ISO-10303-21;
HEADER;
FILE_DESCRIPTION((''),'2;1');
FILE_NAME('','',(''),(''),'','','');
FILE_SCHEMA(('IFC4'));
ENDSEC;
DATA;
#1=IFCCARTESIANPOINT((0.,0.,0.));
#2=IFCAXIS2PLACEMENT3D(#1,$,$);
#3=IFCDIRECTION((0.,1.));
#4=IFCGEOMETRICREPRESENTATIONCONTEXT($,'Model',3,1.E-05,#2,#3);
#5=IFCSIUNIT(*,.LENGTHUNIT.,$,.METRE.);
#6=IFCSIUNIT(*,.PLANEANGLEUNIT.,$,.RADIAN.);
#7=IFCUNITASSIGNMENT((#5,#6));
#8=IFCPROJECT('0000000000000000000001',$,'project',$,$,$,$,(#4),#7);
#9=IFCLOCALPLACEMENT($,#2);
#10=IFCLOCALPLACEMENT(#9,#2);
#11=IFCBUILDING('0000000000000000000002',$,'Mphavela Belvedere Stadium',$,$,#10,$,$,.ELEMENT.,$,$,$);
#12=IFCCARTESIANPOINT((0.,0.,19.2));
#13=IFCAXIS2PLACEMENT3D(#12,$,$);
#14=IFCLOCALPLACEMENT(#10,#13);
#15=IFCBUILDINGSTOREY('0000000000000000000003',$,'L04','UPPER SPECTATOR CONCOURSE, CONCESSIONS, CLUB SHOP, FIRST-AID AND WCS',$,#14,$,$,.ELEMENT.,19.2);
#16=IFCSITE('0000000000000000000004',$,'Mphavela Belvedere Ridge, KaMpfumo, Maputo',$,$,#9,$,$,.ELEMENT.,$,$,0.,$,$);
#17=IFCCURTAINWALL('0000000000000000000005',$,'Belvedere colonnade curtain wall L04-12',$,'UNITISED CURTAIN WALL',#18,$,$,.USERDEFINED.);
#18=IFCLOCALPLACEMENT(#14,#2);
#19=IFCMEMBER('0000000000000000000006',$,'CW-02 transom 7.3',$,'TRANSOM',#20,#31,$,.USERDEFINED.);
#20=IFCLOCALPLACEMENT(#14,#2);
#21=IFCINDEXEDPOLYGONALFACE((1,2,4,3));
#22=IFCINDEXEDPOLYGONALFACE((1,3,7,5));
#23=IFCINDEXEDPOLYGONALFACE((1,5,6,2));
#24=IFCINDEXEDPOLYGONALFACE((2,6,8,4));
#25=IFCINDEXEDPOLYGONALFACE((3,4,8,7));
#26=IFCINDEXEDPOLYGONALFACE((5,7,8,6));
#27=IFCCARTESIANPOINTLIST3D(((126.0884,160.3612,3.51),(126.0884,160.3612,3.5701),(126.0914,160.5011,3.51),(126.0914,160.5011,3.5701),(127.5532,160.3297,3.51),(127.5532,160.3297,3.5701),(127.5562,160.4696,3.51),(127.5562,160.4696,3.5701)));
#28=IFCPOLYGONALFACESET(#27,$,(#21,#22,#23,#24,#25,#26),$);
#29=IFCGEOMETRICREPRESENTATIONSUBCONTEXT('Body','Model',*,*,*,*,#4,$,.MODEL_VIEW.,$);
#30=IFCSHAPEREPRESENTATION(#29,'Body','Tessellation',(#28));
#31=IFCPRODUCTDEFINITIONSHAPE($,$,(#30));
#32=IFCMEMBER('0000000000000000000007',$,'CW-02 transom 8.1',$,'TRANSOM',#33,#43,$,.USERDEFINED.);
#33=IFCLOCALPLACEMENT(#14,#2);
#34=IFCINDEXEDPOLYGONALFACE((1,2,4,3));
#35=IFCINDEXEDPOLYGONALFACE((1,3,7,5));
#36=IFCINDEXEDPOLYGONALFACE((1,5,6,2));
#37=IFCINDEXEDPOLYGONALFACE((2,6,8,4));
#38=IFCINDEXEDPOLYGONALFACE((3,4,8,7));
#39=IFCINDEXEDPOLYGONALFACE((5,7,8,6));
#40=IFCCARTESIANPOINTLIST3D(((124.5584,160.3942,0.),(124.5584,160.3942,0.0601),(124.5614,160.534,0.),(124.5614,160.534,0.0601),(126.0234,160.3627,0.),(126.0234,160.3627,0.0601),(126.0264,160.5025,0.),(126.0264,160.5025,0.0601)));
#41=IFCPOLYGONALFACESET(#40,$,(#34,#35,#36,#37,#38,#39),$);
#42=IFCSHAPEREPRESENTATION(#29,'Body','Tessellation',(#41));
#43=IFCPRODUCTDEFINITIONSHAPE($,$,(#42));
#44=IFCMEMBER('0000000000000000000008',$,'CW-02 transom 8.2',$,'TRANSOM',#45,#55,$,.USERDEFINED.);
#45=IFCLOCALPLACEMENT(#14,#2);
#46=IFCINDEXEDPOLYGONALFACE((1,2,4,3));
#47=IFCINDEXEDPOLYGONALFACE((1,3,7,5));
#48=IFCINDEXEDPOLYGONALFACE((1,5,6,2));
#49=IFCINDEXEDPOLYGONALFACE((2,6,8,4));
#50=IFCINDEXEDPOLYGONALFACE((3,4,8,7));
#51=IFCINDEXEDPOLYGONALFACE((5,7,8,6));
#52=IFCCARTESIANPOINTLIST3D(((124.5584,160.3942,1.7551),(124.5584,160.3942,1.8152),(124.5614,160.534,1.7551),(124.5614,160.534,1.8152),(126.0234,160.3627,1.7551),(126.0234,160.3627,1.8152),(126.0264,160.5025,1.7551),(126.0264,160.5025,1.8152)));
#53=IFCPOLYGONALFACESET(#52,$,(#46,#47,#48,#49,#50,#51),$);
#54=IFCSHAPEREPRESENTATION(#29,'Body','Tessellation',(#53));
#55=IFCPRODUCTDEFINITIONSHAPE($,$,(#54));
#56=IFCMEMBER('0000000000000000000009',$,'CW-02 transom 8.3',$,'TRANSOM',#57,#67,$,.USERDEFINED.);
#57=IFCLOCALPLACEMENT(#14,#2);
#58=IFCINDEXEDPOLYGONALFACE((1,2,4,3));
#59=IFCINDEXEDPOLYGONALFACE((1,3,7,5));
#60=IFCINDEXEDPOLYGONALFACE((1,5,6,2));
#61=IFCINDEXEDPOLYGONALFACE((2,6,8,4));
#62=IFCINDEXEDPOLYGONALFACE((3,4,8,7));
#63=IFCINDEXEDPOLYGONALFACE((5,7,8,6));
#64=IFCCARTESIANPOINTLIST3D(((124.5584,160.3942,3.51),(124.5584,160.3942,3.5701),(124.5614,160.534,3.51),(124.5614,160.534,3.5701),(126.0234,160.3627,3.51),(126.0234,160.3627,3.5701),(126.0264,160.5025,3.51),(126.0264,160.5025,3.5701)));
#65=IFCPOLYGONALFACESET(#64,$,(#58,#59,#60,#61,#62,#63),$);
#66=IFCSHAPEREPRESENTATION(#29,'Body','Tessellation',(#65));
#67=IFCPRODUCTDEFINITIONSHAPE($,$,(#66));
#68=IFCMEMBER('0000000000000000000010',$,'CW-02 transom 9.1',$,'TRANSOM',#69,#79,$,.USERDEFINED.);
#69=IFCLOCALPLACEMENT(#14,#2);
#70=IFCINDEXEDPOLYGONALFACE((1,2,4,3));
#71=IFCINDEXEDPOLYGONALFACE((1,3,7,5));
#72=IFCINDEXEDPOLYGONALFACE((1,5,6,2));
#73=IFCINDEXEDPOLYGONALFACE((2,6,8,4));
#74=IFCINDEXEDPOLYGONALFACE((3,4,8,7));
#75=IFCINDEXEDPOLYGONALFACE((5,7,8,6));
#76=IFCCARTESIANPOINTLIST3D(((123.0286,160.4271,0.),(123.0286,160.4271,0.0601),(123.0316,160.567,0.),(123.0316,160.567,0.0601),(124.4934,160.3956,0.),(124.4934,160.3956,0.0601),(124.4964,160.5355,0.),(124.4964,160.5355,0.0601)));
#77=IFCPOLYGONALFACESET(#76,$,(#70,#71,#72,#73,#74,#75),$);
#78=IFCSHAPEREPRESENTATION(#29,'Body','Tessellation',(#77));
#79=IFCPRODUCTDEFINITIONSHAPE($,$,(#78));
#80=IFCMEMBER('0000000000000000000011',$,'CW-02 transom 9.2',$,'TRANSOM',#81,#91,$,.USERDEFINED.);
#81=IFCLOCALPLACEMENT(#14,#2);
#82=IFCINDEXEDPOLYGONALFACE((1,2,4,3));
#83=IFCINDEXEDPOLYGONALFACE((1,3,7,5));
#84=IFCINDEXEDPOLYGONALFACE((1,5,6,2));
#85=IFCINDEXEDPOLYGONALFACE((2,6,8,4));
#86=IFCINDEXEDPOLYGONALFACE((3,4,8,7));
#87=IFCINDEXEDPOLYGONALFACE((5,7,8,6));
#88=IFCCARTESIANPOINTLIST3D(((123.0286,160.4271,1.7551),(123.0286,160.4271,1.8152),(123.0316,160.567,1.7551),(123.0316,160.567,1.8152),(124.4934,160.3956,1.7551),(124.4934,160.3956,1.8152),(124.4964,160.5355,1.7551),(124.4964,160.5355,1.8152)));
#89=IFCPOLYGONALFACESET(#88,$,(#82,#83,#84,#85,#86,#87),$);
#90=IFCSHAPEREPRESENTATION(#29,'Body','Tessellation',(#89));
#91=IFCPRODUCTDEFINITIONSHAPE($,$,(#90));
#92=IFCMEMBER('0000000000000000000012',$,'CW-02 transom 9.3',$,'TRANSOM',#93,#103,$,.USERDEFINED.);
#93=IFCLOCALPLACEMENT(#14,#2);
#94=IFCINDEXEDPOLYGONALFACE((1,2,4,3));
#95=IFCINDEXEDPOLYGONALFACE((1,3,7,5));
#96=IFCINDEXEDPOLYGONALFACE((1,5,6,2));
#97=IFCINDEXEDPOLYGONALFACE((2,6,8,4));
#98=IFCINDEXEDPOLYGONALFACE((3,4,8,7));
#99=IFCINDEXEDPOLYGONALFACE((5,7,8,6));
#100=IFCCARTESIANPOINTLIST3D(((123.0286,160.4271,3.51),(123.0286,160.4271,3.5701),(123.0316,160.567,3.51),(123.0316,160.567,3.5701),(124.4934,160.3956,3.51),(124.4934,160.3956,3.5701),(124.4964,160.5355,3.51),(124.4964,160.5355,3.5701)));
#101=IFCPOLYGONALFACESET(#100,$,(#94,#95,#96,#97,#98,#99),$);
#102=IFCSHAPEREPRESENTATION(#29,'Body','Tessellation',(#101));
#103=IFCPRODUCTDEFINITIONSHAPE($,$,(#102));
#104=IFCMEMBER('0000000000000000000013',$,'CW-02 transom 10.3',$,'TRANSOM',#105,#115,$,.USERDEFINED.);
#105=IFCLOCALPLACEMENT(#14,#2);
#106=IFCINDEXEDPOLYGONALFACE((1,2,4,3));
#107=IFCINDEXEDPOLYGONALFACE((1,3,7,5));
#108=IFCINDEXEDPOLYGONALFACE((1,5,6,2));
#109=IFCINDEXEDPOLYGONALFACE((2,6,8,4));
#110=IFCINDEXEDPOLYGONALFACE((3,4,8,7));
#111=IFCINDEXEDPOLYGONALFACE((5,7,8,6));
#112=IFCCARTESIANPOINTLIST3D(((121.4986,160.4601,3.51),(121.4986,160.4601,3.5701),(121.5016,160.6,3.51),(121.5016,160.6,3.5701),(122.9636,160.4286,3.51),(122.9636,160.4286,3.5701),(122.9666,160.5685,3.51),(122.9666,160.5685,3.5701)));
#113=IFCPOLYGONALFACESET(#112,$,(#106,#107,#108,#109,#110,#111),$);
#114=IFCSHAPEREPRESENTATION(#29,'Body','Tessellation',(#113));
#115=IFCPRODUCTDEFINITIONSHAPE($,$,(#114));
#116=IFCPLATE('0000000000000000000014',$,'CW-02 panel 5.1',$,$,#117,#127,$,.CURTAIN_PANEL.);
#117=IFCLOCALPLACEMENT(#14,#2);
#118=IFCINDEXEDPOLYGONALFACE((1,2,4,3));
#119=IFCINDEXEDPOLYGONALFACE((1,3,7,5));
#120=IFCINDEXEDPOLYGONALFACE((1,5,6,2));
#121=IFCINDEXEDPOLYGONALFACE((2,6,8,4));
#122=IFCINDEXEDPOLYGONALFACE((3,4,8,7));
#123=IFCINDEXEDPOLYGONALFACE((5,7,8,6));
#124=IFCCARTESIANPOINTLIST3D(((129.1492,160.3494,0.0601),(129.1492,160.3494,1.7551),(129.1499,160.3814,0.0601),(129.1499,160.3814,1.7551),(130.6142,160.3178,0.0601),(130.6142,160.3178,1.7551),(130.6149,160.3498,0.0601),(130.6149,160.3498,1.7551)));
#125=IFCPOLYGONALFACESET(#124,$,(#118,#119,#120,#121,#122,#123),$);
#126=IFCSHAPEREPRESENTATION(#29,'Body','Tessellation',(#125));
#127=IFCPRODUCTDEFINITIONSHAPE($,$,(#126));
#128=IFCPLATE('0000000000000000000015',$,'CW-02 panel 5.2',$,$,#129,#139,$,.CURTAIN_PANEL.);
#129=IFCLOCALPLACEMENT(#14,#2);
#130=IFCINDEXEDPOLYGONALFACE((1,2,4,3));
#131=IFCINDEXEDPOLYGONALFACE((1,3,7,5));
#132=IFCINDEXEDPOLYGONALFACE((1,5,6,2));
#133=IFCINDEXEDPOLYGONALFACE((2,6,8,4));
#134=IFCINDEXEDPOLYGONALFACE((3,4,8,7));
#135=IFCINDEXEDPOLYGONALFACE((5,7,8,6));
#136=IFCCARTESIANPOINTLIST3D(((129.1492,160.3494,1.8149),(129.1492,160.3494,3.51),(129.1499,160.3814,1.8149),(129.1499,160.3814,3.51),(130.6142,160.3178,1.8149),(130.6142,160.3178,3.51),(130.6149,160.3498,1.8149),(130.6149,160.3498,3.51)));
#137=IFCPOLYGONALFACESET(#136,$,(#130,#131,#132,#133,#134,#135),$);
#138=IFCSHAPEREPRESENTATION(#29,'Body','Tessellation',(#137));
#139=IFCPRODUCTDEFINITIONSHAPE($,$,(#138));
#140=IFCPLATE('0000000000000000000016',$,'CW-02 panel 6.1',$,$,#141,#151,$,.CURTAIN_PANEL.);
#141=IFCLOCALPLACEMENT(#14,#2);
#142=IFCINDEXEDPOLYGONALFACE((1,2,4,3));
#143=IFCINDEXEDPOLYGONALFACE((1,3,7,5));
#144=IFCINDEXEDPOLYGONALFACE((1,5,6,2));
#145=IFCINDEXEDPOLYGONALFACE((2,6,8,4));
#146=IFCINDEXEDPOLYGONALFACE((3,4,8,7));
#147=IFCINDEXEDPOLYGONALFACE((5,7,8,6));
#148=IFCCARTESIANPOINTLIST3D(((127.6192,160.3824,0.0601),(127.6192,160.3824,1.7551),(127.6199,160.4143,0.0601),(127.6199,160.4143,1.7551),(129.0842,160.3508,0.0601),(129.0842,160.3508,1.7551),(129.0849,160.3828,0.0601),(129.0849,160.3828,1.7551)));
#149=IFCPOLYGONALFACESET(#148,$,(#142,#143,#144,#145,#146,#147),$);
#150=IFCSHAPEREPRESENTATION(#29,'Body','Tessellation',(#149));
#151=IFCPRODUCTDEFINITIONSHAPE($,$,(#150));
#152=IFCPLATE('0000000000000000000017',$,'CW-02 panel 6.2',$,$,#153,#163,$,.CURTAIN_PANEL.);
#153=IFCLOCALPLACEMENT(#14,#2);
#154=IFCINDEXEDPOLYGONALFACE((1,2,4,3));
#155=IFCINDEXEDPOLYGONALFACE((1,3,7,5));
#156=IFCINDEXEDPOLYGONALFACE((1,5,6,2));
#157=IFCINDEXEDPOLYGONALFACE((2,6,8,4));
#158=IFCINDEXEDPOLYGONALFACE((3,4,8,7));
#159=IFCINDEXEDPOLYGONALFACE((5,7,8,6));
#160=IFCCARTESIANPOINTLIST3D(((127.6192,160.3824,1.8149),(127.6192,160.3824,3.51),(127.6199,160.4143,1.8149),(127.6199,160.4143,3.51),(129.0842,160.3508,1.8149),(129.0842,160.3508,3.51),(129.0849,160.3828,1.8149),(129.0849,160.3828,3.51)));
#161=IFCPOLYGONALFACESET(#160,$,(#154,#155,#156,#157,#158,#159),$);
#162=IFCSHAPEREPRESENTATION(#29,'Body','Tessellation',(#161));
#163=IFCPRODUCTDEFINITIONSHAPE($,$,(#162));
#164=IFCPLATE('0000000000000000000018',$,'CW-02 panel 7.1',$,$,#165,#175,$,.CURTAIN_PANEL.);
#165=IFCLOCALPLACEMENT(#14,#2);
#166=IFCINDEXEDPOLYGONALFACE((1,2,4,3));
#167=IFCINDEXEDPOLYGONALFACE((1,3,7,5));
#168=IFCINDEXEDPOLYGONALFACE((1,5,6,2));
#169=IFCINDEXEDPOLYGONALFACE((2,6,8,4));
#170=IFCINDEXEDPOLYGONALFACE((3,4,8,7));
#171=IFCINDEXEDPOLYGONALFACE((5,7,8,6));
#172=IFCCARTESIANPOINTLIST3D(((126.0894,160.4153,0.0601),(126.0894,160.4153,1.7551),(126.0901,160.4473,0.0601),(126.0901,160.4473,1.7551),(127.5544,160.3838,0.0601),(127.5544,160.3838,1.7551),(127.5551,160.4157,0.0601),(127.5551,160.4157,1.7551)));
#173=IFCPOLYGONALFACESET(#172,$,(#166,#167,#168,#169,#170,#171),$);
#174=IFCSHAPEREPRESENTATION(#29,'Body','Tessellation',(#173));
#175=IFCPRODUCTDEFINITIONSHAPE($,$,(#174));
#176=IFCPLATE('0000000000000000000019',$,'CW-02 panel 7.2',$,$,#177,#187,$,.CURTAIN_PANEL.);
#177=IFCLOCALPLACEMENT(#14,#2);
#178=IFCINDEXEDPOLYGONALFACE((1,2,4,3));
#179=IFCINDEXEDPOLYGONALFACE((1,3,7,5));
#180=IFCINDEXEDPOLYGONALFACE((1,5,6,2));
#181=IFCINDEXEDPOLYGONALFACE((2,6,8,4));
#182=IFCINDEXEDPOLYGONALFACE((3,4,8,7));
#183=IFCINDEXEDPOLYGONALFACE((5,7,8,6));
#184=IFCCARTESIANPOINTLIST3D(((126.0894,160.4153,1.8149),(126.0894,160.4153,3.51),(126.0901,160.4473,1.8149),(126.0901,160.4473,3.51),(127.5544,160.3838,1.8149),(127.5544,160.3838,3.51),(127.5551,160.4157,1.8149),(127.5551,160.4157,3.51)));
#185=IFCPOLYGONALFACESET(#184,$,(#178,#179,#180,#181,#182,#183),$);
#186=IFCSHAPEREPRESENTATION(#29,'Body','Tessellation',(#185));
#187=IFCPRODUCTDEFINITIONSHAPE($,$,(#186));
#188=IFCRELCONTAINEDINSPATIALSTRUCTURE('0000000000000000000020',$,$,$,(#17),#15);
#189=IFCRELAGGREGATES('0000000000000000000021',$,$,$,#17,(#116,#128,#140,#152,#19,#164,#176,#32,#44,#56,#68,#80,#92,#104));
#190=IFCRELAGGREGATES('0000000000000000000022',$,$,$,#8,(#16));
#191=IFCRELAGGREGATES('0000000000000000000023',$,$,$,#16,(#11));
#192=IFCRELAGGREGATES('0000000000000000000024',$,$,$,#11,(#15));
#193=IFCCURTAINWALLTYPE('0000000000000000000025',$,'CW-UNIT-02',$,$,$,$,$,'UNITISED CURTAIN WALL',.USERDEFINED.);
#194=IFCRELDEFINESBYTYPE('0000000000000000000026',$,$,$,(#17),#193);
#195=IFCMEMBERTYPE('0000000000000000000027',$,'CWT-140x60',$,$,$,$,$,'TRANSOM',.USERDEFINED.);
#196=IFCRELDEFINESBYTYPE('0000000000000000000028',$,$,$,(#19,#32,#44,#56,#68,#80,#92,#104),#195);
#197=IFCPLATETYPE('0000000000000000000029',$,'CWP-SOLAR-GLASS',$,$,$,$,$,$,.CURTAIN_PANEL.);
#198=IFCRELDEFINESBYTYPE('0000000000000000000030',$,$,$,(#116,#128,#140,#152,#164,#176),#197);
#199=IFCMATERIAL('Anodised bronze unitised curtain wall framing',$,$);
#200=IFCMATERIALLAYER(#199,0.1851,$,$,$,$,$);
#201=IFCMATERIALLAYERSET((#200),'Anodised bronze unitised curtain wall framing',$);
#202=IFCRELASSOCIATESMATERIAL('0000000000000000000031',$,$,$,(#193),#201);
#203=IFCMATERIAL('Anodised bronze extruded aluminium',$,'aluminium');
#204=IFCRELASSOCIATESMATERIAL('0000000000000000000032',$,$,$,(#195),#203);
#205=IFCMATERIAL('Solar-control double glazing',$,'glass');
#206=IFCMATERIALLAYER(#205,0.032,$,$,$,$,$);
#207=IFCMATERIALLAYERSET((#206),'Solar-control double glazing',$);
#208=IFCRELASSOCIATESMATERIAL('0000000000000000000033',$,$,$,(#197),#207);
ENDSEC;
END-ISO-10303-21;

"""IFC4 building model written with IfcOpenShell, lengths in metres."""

from ifc_helpers import new_model, si_unit, direction, frame, origin, origin_2d, place, context, subcontext, project, spatial, rectangle, extrude, material, layer, layer_set, material_profile, profile_set, type_object, element, aggregate, save


model = new_model("IFC4")

# Units and contexts
model_context = context("Model", 3, precision=1e-05, world=origin(), true_north=direction((0.0, 1.0)))
body_context = subcontext(model_context, "Body", "Model", "MODEL_VIEW")
ifc_project = project(units=[si_unit("LENGTHUNIT", "METRE"), si_unit("PLANEANGLEUNIT", "RADIAN")], contexts=[model_context])

# Site, building, storey
site_placement = place(None, origin())
site = spatial("IfcSite", under=ifc_project, at=site_placement, Name="Mphavela Belvedere Ridge, KaMpfumo, Maputo", CompositionType="ELEMENT", RefElevation=0.0)
building_placement = place(site_placement, origin())
building = spatial("IfcBuilding", under=site, at=building_placement, Name="Mphavela Belvedere Stadium", CompositionType="ELEMENT")
storey_placement = place(building_placement, frame((0.0, 0.0, 19.2)))
storey = spatial("IfcBuildingStorey", under=building, at=storey_placement, Name="L04", Description="UPPER SPECTATOR CONCOURSE, CONCESSIONS, CLUB SHOP, FIRST-AID AND WCS", CompositionType="ELEMENT", Elevation=19.2)

# Curtain wall, members, plates
ifc_material_1 = material(Name="Anodised bronze unitised curtain wall framing")
ifc_layer_1 = layer(ifc_material_1, 0.1851)
ifc_layer_set_1 = layer_set([ifc_layer_1], Name="Anodised bronze unitised curtain wall framing")
curtain_wall_type = type_object("IfcCurtainWallType", Name="CW-UNIT-02", ElementType="UNITISED CURTAIN WALL", PredefinedType="USERDEFINED", material=ifc_layer_set_1)
curtain_wall_placement = place(storey_placement, origin())
curtain_wall = element("IfcCurtainWall", 1, at=curtain_wall_placement, inside=storey, type_object=curtain_wall_type, Name="Belvedere colonnade curtain wall L04-12", ObjectType="UNITISED CURTAIN WALL", PredefinedType="USERDEFINED")
ifc_material_2 = material(Name="Anodised bronze extruded aluminium", Category="aluminium")
ifc_material_profile_1 = material_profile(ifc_material_2, rectangle(XDim=0.1399, YDim=0.0601, at=origin_2d()), Name="CW-TRN 140x60")
ifc_profile_set_1 = profile_set([ifc_material_profile_1], Name="Anodised bronze extruded aluminium")
member_type_1 = type_object("IfcMemberType", Name="CWT-140x60", ElementType="TRANSOM", PredefinedType="USERDEFINED", material=ifc_profile_set_1)
member_1_placement = place(storey_placement, frame((127.5547, 160.3997, 3.54), z_axis=(-0.999769, 0.021495, 0.0), x_axis=(-0.021495, -0.999769, 0.0)))
member_1 = element("IfcMember", 2, at=member_1_placement, type_object=member_type_1, Name="CW-02 transom 7.3", ObjectType="TRANSOM", PredefinedType="USERDEFINED", context=body_context, shape_type="SweptSolid", body=[
    extrude(rectangle(XDim=0.1399, YDim=0.0601, at=origin_2d()), origin(), (0.0, 0.0, 1.0), 1.4651),
])
member_2_placement = place(storey_placement, frame((126.0249, 160.4326, 0.03), z_axis=(-0.999769, 0.021491, 0.0), x_axis=(-0.021491, -0.999769, 0.0)))
member_2 = element("IfcMember", 3, at=member_2_placement, type_object=member_type_1, Name="CW-02 transom 8.1", ObjectType="TRANSOM", PredefinedType="USERDEFINED", context=body_context, shape_type="SweptSolid", body=[
    extrude(rectangle(XDim=0.1399, YDim=0.0601, at=origin_2d()), origin(), (0.0, 0.0, 1.0), 1.4653),
])
member_3_placement = place(storey_placement, frame((126.0249, 160.4326, 1.7852), z_axis=(-0.999769, 0.021491, 0.0), x_axis=(-0.021491, -0.999769, 0.0)))
member_3 = element("IfcMember", 4, at=member_3_placement, type_object=member_type_1, Name="CW-02 transom 8.2", ObjectType="TRANSOM", PredefinedType="USERDEFINED", context=body_context, shape_type="SweptSolid", body=[
    extrude(rectangle(XDim=0.1399, YDim=0.0601, at=origin_2d()), origin(), (0.0, 0.0, 1.0), 1.4653),
])
member_4_placement = place(storey_placement, frame((126.0249, 160.4326, 3.54), z_axis=(-0.999769, 0.021491, 0.0), x_axis=(-0.021491, -0.999769, 0.0)))
member_4 = element("IfcMember", 5, at=member_4_placement, type_object=member_type_1, Name="CW-02 transom 8.3", ObjectType="TRANSOM", PredefinedType="USERDEFINED", context=body_context, shape_type="SweptSolid", body=[
    extrude(rectangle(XDim=0.1399, YDim=0.0601, at=origin_2d()), origin(), (0.0, 0.0, 1.0), 1.4653),
])
member_5_placement = place(storey_placement, frame((124.4949, 160.4656, 0.03), z_axis=(-0.999769, 0.021495, 0.0), x_axis=(-0.021495, -0.999769, 0.0)))
member_5 = element("IfcMember", 6, at=member_5_placement, type_object=member_type_1, Name="CW-02 transom 9.1", ObjectType="TRANSOM", PredefinedType="USERDEFINED", context=body_context, shape_type="SweptSolid", body=[
    extrude(rectangle(XDim=0.1399, YDim=0.0601, at=origin_2d()), origin(), (0.0, 0.0, 1.0), 1.4651),
])
member_6_placement = place(storey_placement, frame((124.4949, 160.4656, 1.7852), z_axis=(-0.999769, 0.021495, 0.0), x_axis=(-0.021495, -0.999769, 0.0)))
member_6 = element("IfcMember", 7, at=member_6_placement, type_object=member_type_1, Name="CW-02 transom 9.2", ObjectType="TRANSOM", PredefinedType="USERDEFINED", context=body_context, shape_type="SweptSolid", body=[
    extrude(rectangle(XDim=0.1399, YDim=0.0601, at=origin_2d()), origin(), (0.0, 0.0, 1.0), 1.4651),
])
member_7_placement = place(storey_placement, frame((124.4949, 160.4656, 3.54), z_axis=(-0.999769, 0.021495, 0.0), x_axis=(-0.021495, -0.999769, 0.0)))
member_7 = element("IfcMember", 8, at=member_7_placement, type_object=member_type_1, Name="CW-02 transom 9.3", ObjectType="TRANSOM", PredefinedType="USERDEFINED", context=body_context, shape_type="SweptSolid", body=[
    extrude(rectangle(XDim=0.1399, YDim=0.0601, at=origin_2d()), origin(), (0.0, 0.0, 1.0), 1.4651),
])
member_8_placement = place(storey_placement, frame((122.9651, 160.4985, 3.54), z_axis=(-0.999769, 0.021491, 0.0), x_axis=(-0.021491, -0.999769, 0.0)))
member_8 = element("IfcMember", 9, at=member_8_placement, type_object=member_type_1, Name="CW-02 transom 10.3", ObjectType="TRANSOM", PredefinedType="USERDEFINED", context=body_context, shape_type="SweptSolid", body=[
    extrude(rectangle(XDim=0.1399, YDim=0.0601, at=origin_2d()), origin(), (0.0, 0.0, 1.0), 1.4653),
])
ifc_material_3 = material(Name="Solar-control double glazing", Category="glass")
ifc_layer_2 = layer(ifc_material_3, 0.032)
ifc_layer_set_2 = layer_set([ifc_layer_2], Name="Solar-control double glazing")
plate_type = type_object("IfcPlateType", Name="CWP-SOLAR-GLASS", PredefinedType="CURTAIN_PANEL", material=ifc_layer_set_2)
plate_1_placement = place(storey_placement, frame((129.8821, 160.3496, 0.0601), z_axis=(0.0, 0.0, 1.0), x_axis=(-0.999768, 0.021527, 0.0)))
plate_1 = element("IfcPlate", 10, at=plate_1_placement, type_object=plate_type, Name="CW-02 panel 5.1", PredefinedType="CURTAIN_PANEL", context=body_context, shape_type="SweptSolid", body=[
    extrude(rectangle(XDim=1.4653, YDim=0.032, at=origin_2d()), origin(), (0.0, 0.0, 1.0), 1.6951),
])
plate_2_placement = place(storey_placement, frame((129.8821, 160.3496, 1.8149), z_axis=(0.0, 0.0, 1.0), x_axis=(-0.999768, 0.021527, 0.0)))
plate_2 = element("IfcPlate", 11, at=plate_2_placement, type_object=plate_type, Name="CW-02 panel 5.2", PredefinedType="CURTAIN_PANEL", context=body_context, shape_type="SweptSolid", body=[
    extrude(rectangle(XDim=1.4653, YDim=0.032, at=origin_2d()), origin(), (0.0, 0.0, 1.0), 1.6951),
])
plate_3_placement = place(storey_placement, frame((128.3521, 160.3826, 0.0601), z_axis=(0.0, 0.0, 1.0), x_axis=(-0.999768, 0.021527, 0.0)))
plate_3 = element("IfcPlate", 12, at=plate_3_placement, type_object=plate_type, Name="CW-02 panel 6.1", PredefinedType="CURTAIN_PANEL", context=body_context, shape_type="SweptSolid", body=[
    extrude(rectangle(XDim=1.4653, YDim=0.032, at=origin_2d()), origin(), (0.0, 0.0, 1.0), 1.6951),
])
plate_4_placement = place(storey_placement, frame((128.3521, 160.3826, 1.8149), z_axis=(0.0, 0.0, 1.0), x_axis=(-0.999768, 0.021527, 0.0)))
plate_4 = element("IfcPlate", 13, at=plate_4_placement, type_object=plate_type, Name="CW-02 panel 6.2", PredefinedType="CURTAIN_PANEL", context=body_context, shape_type="SweptSolid", body=[
    extrude(rectangle(XDim=1.4653, YDim=0.032, at=origin_2d()), origin(), (0.0, 0.0, 1.0), 1.6951),
])
plate_5_placement = place(storey_placement, frame((126.8223, 160.4155, 0.0601), z_axis=(0.0, 0.0, 1.0), x_axis=(-0.999768, 0.021527, 0.0)))
plate_5 = element("IfcPlate", 14, at=plate_5_placement, type_object=plate_type, Name="CW-02 panel 7.1", PredefinedType="CURTAIN_PANEL", context=body_context, shape_type="SweptSolid", body=[
    extrude(rectangle(XDim=1.4653, YDim=0.032, at=origin_2d()), origin(), (0.0, 0.0, 1.0), 1.6951),
])
plate_6_placement = place(storey_placement, frame((126.8223, 160.4155, 1.8149), z_axis=(0.0, 0.0, 1.0), x_axis=(-0.999768, 0.021527, 0.0)))
plate_6 = element("IfcPlate", 15, at=plate_6_placement, type_object=plate_type, Name="CW-02 panel 7.2", PredefinedType="CURTAIN_PANEL", context=body_context, shape_type="SweptSolid", body=[
    extrude(rectangle(XDim=1.4653, YDim=0.032, at=origin_2d()), origin(), (0.0, 0.0, 1.0), 1.6951),
])
aggregate(curtain_wall, [plate_1, plate_2, plate_3, plate_4, member_1, plate_5, plate_6, member_2, member_3, member_4, member_5, member_6, member_7, member_8])

save(model, "model.ifc")
